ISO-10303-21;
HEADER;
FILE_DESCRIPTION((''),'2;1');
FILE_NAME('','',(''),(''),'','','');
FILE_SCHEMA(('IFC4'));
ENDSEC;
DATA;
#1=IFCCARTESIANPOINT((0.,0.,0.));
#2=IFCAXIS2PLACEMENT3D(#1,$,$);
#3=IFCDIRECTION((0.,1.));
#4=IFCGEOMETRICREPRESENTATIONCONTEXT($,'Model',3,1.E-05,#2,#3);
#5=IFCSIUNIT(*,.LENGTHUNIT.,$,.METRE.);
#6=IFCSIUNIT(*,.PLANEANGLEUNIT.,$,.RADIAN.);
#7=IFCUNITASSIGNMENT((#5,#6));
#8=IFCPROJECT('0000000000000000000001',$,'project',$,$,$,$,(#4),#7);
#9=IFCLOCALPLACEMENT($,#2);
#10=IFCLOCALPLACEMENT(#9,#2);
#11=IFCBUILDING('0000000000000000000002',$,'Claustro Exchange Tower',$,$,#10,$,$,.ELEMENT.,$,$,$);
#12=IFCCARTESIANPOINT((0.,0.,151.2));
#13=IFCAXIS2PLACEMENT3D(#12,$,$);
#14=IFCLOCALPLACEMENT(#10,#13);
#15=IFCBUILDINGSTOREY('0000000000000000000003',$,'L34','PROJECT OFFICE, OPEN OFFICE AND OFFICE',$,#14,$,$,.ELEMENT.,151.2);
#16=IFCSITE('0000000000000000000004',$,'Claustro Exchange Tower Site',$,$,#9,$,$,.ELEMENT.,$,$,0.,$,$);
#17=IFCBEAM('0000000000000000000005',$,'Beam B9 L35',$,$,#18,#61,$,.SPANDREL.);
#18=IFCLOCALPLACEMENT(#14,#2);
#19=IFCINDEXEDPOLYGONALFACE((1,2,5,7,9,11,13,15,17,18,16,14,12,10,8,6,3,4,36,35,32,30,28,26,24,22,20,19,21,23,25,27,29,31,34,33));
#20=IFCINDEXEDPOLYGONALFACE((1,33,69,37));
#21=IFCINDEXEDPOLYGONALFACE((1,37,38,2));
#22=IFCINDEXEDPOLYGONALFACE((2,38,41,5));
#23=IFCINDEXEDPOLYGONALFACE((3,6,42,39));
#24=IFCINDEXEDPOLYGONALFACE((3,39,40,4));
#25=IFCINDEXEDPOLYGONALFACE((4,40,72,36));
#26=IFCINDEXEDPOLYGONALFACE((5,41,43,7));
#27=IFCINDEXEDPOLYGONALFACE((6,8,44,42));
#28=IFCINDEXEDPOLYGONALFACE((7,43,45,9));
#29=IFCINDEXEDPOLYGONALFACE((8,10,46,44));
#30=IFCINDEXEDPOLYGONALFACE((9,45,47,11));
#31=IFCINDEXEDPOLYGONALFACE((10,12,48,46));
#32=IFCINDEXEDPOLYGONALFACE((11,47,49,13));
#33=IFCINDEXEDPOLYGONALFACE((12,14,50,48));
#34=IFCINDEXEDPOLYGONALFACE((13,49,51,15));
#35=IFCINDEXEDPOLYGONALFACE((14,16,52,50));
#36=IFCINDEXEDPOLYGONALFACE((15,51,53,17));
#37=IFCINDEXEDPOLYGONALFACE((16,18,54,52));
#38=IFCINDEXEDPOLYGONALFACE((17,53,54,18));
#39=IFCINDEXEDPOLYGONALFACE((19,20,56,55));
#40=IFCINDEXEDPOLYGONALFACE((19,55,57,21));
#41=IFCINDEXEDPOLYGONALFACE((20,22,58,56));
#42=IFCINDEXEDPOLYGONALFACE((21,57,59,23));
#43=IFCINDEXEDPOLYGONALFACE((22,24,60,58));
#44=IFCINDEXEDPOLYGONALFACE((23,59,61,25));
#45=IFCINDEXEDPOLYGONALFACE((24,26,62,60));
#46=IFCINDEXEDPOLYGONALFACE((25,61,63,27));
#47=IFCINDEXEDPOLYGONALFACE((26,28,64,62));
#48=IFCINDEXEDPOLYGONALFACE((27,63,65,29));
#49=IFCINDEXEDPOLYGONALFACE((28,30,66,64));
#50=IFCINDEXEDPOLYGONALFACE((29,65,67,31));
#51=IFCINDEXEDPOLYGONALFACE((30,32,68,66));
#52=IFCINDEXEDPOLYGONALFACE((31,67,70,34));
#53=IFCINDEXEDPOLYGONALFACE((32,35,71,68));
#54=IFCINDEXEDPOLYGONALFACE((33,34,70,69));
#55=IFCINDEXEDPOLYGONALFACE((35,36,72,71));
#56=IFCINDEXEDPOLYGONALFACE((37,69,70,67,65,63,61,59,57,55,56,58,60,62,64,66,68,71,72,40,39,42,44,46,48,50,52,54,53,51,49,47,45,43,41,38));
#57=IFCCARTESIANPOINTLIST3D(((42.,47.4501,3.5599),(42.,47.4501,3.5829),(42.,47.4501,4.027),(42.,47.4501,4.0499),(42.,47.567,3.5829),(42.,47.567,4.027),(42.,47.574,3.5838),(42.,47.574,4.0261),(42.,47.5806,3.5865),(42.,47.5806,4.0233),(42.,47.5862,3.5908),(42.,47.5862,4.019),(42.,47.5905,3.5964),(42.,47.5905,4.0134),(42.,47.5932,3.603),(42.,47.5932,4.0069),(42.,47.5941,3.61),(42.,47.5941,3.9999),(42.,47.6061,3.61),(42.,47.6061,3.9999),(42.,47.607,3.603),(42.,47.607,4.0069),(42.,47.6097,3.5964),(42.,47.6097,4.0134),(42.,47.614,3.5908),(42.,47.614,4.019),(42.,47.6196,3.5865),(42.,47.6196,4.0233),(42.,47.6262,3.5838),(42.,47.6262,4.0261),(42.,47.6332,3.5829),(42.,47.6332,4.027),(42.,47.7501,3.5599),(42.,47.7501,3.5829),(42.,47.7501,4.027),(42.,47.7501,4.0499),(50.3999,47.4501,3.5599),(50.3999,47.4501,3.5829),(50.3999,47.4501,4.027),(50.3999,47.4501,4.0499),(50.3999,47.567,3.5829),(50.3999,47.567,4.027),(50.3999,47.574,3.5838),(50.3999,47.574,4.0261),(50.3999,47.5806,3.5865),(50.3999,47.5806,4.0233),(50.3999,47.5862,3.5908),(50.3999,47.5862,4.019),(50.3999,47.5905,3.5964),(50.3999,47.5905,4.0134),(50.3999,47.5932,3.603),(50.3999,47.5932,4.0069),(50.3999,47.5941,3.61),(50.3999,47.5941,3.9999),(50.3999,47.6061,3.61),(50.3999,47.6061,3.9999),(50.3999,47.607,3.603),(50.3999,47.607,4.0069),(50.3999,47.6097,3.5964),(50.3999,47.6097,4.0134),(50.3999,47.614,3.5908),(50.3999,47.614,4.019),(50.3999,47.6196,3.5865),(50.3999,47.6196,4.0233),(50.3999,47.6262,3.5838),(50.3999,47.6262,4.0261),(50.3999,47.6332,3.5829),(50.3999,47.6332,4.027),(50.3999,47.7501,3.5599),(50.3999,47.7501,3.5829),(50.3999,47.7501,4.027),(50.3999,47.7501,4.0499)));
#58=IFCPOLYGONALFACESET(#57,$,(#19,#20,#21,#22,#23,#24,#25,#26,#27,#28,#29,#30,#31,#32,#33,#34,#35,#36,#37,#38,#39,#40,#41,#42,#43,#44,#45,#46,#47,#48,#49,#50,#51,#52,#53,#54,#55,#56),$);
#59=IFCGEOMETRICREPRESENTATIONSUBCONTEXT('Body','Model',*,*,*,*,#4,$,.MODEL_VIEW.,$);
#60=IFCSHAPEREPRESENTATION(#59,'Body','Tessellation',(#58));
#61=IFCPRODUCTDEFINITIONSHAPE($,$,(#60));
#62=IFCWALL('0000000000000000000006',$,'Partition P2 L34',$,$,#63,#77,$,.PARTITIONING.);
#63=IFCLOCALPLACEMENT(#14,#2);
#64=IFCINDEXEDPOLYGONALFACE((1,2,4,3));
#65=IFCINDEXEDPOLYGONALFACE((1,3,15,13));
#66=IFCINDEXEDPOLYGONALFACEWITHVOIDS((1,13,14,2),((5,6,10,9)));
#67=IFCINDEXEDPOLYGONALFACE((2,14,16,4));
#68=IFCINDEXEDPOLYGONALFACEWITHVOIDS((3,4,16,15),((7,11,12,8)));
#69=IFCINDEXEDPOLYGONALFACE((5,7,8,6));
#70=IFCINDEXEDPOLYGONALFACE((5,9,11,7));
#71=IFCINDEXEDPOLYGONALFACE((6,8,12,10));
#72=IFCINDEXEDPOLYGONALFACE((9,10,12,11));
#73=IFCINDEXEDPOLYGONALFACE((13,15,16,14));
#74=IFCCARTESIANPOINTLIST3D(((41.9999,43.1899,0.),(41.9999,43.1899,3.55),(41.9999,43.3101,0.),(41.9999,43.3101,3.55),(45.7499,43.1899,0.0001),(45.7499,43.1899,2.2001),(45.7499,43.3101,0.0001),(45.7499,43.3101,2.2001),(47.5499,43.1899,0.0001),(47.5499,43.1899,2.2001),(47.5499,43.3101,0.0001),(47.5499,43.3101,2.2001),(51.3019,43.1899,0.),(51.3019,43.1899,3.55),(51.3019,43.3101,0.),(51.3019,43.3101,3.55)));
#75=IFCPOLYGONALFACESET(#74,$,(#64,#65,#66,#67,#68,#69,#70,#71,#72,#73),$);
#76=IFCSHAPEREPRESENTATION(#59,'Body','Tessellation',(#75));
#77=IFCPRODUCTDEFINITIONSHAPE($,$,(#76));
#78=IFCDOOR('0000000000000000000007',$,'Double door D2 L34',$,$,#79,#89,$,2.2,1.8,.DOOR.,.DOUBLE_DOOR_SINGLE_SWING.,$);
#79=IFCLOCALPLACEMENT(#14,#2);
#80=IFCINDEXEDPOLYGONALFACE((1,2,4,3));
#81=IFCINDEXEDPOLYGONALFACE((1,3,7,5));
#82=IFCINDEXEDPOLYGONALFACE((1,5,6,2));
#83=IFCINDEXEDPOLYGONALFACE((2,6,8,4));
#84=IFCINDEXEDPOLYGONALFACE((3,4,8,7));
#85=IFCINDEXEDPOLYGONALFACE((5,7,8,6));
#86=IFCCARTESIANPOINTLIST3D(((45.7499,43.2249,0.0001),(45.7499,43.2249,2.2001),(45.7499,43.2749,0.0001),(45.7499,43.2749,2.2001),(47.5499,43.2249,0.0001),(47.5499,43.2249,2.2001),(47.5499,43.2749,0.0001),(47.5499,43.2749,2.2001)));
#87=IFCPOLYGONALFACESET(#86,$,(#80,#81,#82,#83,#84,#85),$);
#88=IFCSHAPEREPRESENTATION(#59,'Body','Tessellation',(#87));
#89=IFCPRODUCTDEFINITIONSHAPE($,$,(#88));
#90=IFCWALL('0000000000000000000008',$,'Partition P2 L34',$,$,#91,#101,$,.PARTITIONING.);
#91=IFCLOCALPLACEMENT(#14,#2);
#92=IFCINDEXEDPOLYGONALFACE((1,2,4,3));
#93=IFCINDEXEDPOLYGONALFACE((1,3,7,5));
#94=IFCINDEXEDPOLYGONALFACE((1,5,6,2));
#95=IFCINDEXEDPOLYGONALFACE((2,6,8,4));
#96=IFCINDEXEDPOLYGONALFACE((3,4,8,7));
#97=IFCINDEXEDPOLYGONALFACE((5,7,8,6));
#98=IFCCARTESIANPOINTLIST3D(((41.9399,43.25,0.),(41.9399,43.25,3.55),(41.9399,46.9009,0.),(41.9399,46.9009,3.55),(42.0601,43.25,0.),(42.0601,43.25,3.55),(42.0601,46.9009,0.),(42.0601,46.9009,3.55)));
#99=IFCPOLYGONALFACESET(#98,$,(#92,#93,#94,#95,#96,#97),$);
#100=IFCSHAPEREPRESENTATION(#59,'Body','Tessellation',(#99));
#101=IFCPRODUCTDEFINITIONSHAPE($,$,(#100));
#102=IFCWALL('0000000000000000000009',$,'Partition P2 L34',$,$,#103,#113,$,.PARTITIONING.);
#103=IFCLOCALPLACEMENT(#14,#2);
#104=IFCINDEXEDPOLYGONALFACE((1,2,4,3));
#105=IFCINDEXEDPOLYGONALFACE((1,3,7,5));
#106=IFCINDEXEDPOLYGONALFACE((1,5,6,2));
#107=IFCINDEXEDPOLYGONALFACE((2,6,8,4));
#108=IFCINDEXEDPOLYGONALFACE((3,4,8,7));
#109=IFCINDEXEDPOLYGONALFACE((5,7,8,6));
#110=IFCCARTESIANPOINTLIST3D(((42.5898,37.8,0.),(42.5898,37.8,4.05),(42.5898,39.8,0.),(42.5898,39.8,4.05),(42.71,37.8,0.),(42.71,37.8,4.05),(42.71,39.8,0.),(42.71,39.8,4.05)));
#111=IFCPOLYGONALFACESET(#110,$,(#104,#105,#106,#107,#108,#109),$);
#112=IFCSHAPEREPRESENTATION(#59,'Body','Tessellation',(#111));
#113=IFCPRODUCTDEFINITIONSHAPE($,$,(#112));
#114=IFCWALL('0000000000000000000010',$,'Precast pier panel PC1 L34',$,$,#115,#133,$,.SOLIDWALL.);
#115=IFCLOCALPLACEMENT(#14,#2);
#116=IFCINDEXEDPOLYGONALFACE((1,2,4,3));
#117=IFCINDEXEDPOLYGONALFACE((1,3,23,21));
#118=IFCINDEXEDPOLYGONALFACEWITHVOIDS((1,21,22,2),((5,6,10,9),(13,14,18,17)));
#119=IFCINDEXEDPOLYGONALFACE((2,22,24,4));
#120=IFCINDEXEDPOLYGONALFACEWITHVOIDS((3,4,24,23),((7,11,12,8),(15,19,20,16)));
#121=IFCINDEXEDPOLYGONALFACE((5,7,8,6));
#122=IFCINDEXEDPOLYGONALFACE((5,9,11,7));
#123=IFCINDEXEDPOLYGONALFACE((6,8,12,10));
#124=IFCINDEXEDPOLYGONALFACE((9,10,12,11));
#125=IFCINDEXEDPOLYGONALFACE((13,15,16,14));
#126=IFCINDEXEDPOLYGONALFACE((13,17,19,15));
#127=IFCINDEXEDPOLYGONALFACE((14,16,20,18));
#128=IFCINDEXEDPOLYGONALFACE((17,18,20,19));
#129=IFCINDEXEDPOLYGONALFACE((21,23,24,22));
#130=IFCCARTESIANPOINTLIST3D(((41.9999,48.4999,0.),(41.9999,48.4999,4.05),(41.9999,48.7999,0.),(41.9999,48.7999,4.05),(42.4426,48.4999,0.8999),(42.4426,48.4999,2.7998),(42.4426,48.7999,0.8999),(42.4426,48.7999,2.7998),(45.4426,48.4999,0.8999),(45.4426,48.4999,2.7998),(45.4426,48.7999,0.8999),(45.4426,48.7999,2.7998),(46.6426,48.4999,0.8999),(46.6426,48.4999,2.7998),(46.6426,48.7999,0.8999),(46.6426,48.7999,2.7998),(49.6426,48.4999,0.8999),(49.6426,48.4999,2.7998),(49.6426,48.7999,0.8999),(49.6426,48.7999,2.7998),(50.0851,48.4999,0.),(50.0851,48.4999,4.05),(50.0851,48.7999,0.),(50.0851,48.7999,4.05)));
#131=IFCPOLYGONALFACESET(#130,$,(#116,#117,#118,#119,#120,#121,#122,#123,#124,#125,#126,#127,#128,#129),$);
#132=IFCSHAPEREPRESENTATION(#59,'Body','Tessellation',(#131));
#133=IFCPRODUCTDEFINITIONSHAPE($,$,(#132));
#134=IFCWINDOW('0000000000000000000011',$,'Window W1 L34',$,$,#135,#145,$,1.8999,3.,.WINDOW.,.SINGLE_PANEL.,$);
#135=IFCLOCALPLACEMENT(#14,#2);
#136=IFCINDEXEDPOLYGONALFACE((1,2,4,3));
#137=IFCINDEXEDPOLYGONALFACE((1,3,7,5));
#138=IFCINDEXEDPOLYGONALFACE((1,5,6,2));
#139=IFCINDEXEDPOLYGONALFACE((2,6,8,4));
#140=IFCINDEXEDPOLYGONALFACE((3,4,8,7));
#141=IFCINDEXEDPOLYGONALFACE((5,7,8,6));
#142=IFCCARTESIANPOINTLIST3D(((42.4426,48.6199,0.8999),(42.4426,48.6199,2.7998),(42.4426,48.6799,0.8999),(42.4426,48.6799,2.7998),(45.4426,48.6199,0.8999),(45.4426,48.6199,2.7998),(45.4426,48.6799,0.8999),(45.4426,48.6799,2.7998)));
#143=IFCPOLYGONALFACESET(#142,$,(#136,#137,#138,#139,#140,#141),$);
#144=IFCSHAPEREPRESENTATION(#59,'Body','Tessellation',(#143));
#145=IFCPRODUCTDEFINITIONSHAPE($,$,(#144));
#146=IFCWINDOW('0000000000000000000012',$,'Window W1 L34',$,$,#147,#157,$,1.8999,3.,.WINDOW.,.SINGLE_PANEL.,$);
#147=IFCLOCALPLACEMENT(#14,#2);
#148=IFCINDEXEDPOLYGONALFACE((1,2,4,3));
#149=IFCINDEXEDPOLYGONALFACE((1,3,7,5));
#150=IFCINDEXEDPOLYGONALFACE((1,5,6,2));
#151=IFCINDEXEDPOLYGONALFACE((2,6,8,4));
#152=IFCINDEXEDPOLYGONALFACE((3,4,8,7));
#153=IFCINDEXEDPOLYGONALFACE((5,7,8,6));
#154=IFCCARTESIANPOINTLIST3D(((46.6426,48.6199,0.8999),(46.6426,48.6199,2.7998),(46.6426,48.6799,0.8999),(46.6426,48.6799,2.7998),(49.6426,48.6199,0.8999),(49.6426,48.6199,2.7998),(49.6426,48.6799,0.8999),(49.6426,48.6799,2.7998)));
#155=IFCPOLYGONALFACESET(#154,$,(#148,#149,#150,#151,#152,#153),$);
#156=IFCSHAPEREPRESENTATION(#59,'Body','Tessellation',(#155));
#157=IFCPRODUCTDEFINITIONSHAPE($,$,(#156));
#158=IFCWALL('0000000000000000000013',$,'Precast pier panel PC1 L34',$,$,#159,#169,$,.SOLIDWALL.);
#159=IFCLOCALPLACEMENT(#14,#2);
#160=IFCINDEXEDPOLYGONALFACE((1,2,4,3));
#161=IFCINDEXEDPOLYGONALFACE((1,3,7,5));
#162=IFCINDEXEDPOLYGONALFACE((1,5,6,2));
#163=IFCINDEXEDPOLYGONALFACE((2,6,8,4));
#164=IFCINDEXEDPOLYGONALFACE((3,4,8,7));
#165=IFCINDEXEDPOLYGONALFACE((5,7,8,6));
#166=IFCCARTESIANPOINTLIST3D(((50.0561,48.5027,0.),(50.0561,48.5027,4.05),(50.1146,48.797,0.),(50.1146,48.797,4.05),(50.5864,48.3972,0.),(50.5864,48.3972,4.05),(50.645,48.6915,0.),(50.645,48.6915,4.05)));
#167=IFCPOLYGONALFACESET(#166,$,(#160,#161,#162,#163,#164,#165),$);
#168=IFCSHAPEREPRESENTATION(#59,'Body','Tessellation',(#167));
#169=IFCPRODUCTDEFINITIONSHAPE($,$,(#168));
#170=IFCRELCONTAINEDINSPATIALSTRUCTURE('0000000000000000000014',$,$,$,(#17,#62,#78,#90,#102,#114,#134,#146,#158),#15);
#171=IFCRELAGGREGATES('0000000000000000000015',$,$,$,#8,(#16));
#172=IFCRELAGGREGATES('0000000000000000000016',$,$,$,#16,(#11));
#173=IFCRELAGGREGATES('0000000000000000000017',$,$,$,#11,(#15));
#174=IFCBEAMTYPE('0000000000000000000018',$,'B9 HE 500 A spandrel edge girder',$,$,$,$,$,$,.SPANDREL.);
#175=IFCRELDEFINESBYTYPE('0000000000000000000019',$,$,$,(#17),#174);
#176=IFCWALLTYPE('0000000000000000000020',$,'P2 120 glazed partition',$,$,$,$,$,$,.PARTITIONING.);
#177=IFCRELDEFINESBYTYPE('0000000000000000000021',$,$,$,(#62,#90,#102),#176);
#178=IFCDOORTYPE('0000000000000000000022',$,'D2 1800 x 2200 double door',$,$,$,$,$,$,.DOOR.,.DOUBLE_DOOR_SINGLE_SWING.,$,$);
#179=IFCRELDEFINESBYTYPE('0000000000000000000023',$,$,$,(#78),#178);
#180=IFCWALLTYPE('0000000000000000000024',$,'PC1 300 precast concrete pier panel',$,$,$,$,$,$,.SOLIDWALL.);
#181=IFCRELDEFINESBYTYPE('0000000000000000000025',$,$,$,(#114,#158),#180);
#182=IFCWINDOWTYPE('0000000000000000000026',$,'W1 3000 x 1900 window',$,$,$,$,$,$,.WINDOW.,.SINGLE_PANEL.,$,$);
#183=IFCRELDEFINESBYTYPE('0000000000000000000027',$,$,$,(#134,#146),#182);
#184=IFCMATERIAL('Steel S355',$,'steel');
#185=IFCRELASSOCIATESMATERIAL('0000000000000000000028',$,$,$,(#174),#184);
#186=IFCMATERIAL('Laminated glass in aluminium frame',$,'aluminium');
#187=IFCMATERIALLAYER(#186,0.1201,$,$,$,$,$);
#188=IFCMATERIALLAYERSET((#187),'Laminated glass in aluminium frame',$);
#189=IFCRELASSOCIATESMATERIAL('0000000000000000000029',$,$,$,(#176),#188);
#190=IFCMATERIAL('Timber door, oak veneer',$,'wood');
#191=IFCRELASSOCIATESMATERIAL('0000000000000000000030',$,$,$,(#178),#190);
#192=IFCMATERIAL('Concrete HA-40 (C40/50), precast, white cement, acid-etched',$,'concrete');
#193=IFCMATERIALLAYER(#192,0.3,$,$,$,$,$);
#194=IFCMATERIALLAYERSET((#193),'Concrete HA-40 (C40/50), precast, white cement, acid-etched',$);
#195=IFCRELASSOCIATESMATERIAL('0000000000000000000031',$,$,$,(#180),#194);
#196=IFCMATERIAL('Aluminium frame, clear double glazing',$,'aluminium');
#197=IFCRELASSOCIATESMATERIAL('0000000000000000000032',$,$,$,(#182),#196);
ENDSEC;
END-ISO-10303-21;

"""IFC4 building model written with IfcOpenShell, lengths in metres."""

from ifc_helpers import new_model, si_unit, direction, frame, frame_2d, origin, origin_2d, place, context, subcontext, project, spatial, rectangle, i_section, extrude, material, layer, layer_set, material_profile, profile_set, type_object, element, fill, save


model = new_model("IFC4")

# Units and contexts
model_context = context("Model", 3, precision=1e-05, world=origin(), true_north=direction((0.0, 1.0)))
body_context = subcontext(model_context, "Body", "Model", "MODEL_VIEW")
ifc_project = project(units=[si_unit("LENGTHUNIT", "METRE"), si_unit("PLANEANGLEUNIT", "RADIAN")], contexts=[model_context])

# Site, building, storey
site_placement = place(None, origin())
site = spatial("IfcSite", under=ifc_project, at=site_placement, Name="Claustro Exchange Tower Site", CompositionType="ELEMENT", RefElevation=0.0)
building_placement = place(site_placement, origin())
building = spatial("IfcBuilding", under=site, at=building_placement, Name="Claustro Exchange Tower", CompositionType="ELEMENT")
storey_placement = place(building_placement, frame((0.0, 0.0, 151.2)))
storey = spatial("IfcBuildingStorey", under=building, at=storey_placement, Name="L34", Description="PROJECT OFFICE, OPEN OFFICE AND OFFICE", CompositionType="ELEMENT", Elevation=151.2)

# Beam
ifc_material_1 = material(Name="Steel S355", Category="steel")
ifc_material_profile_1 = material_profile(ifc_material_1, i_section(OverallWidth=0.3, OverallDepth=0.49, WebThickness=0.012, FlangeThickness=0.0229, FilletRadius=0.0271, at=origin_2d()), Name="HE 500 A")
ifc_profile_set_1 = profile_set([ifc_material_profile_1], Name="Steel S355")
beam_type_1 = type_object("IfcBeamType", Name="B9 HE 500 A spandrel edge girder", PredefinedType="SPANDREL", material=ifc_profile_set_1)
beam_1_placement = place(storey_placement, frame((42.0, 47.6001, 3.8049), z_axis=(1.0, 0.0, 0.0), x_axis=(0.0, 1.0, 0.0)))
element("IfcBeam", 1, at=beam_1_placement, inside=storey, type_object=beam_type_1, Name="Beam B9 L35", PredefinedType="SPANDREL", context=body_context, shape_type="SweptSolid", body=[
    extrude(i_section(OverallWidth=0.3, OverallDepth=0.49, WebThickness=0.012, FlangeThickness=0.0229, FilletRadius=0.0271, at=origin_2d()), origin(), (0.0, 0.0, 1.0), 8.3999),
])

# Wall, opening, door
ifc_material_2 = material(Name="Laminated glass in aluminium frame", Category="aluminium")
ifc_layer_1 = layer(ifc_material_2, 0.1201)
ifc_layer_set_1 = layer_set([ifc_layer_1], Name="Laminated glass in aluminium frame")
wall_type_1 = type_object("IfcWallType", Name="P2 120 glazed partition", PredefinedType="PARTITIONING", material=ifc_layer_set_1)
wall_1_placement = place(storey_placement, frame((42.0, 43.25, 0.0), z_axis=(0.0, 0.0, 1.0), x_axis=(1.0, 0.0, 0.0)))
wall_1 = element("IfcWall", 2, at=wall_1_placement, inside=storey, type_object=wall_type_1, Name="Partition P2 L34", PredefinedType="PARTITIONING", context=body_context, shape_type="SweptSolid", body=[
    extrude(rectangle(XDim=9.302, YDim=0.1201, at=frame_2d((4.6509, 0.0))), origin(), (0.0, 0.0, 1.0), 3.55),
])
opening_1_placement = place(wall_1_placement, frame((3.75, 0.0, 0.0)))
opening_1 = element("IfcOpeningElement", 3, at=opening_1_placement, cuts=wall_1, PredefinedType="OPENING", context=body_context, shape_type="SweptSolid", body=[
    extrude(rectangle(XDim=1.8, YDim=2.2, at=frame_2d((0.8999, 1.1001))), frame((0.0, 0.0701, 0.0), z_axis=(0.0, -1.0, 0.0), x_axis=(1.0, 0.0, 0.0)), (0.0, 0.0, 1.0), 0.1401),
])
ifc_material_3 = material(Name="Timber door, oak veneer", Category="wood")
door_type = type_object("IfcDoorType", Name="D2 1800 x 2200 double door", OperationType="DOUBLE_DOOR_SINGLE_SWING", PredefinedType="DOOR", material=ifc_material_3)
door_placement = place(opening_1_placement, origin())
door = element("IfcDoor", 4, at=door_placement, inside=storey, type_object=door_type, Name="Double door D2 L34", OperationType="DOUBLE_DOOR_SINGLE_SWING", OverallHeight=2.2, OverallWidth=1.8, PredefinedType="DOOR", context=body_context, shape_type="SweptSolid", body=[
    extrude(rectangle(XDim=1.8, YDim=2.2, at=frame_2d((0.8999, 1.1001))), frame((0.0, 0.0249, 0.0), z_axis=(0.0, -1.0, 0.0), x_axis=(1.0, 0.0, 0.0)), (0.0, 0.0, 1.0), 0.05),
])
fill(opening_1, door)

# Walls
wall_2_placement = place(storey_placement, frame((42.0, 43.25, 0.0), z_axis=(0.0, 0.0, 1.0), x_axis=(0.0, 1.0, 0.0)))
element("IfcWall", 5, at=wall_2_placement, inside=storey, type_object=wall_type_1, Name="Partition P2 L34", PredefinedType="PARTITIONING", context=body_context, shape_type="SweptSolid", body=[
    extrude(rectangle(XDim=3.6509, YDim=0.1201, at=frame_2d((1.8254, 0.0))), origin(), (0.0, 0.0, 1.0), 3.55),
])
wall_3_placement = place(storey_placement, frame((42.6499, 37.8, 0.0), z_axis=(0.0, 0.0, 1.0), x_axis=(0.0, 1.0, 0.0)))
element("IfcWall", 6, at=wall_3_placement, inside=storey, type_object=wall_type_1, Name="Partition P2 L34", PredefinedType="PARTITIONING", context=body_context, shape_type="SweptSolid", body=[
    extrude(rectangle(XDim=2.0, YDim=0.1201, at=frame_2d((1.0, 0.0))), origin(), (0.0, 0.0, 1.0), 4.05),
])

# Wall, openings, windows
ifc_material_4 = material(Name="Concrete HA-40 (C40/50), precast, white cement, acid-etched", Category="concrete")
ifc_layer_2 = layer(ifc_material_4, 0.3)
ifc_layer_set_2 = layer_set([ifc_layer_2], Name="Concrete HA-40 (C40/50), precast, white cement, acid-etched")
wall_type_2 = type_object("IfcWallType", Name="PC1 300 precast concrete pier panel", PredefinedType="SOLIDWALL", material=ifc_layer_set_2)
wall_4_placement = place(storey_placement, frame((42.0, 48.6499, 0.0), z_axis=(0.0, 0.0, 1.0), x_axis=(1.0, 0.0, 0.0)))
wall_4 = element("IfcWall", 7, at=wall_4_placement, inside=storey, type_object=wall_type_2, Name="Precast pier panel PC1 L34", PredefinedType="SOLIDWALL", context=body_context, shape_type="SweptSolid", body=[
    extrude(rectangle(XDim=8.0852, YDim=0.3, at=frame_2d((4.0425, 0.0))), origin(), (0.0, 0.0, 1.0), 4.05),
])
opening_2_placement = place(wall_4_placement, frame((0.4426, 0.0, 0.8999)))
opening_2 = element("IfcOpeningElement", 8, at=opening_2_placement, cuts=wall_4, PredefinedType="OPENING", context=body_context, shape_type="SweptSolid", body=[
    extrude(rectangle(XDim=3.0, YDim=1.8999, at=frame_2d((1.5, 0.95))), frame((0.0, 0.1599, 0.0), z_axis=(0.0, -1.0, 0.0), x_axis=(1.0, 0.0, 0.0)), (0.0, 0.0, 1.0), 0.3201),
])
opening_3_placement = place(wall_4_placement, frame((4.6426, 0.0, 0.8999)))
opening_3 = element("IfcOpeningElement", 9, at=opening_3_placement, cuts=wall_4, PredefinedType="OPENING", context=body_context, shape_type="SweptSolid", body=[
    extrude(rectangle(XDim=3.0, YDim=1.8999, at=frame_2d((1.5, 0.95))), frame((0.0, 0.1599, 0.0), z_axis=(0.0, -1.0, 0.0), x_axis=(1.0, 0.0, 0.0)), (0.0, 0.0, 1.0), 0.3201),
])
ifc_material_5 = material(Name="Aluminium frame, clear double glazing", Category="aluminium")
window_type_1 = type_object("IfcWindowType", Name="W1 3000 x 1900 window", PartitioningType="SINGLE_PANEL", PredefinedType="WINDOW", material=ifc_material_5)
window_1_placement = place(opening_2_placement, origin())
window_1 = element("IfcWindow", 10, at=window_1_placement, inside=storey, type_object=window_type_1, Name="Window W1 L34", OverallHeight=1.8999, OverallWidth=3.0, PartitioningType="SINGLE_PANEL", PredefinedType="WINDOW", context=body_context, shape_type="SweptSolid", body=[
    extrude(rectangle(XDim=3.0, YDim=1.8999, at=frame_2d((1.5, 0.95))), frame((0.0, 0.03, 0.0), z_axis=(0.0, -1.0, 0.0), x_axis=(1.0, 0.0, 0.0)), (0.0, 0.0, 1.0), 0.0601),
])
fill(opening_2, window_1)
window_2_placement = place(opening_3_placement, origin())
window_2 = element("IfcWindow", 11, at=window_2_placement, inside=storey, type_object=window_type_1, Name="Window W1 L34", OverallHeight=1.8999, OverallWidth=3.0, PartitioningType="SINGLE_PANEL", PredefinedType="WINDOW", context=body_context, shape_type="SweptSolid", body=[
    extrude(rectangle(XDim=3.0, YDim=1.8999, at=frame_2d((1.5, 0.95))), frame((0.0, 0.03, 0.0), z_axis=(0.0, -1.0, 0.0), x_axis=(1.0, 0.0, 0.0)), (0.0, 0.0, 1.0), 0.0601),
])
fill(opening_3, window_2)

# Wall
wall_5_placement = place(storey_placement, frame((50.0852, 48.6499, 0.0), z_axis=(0.0, 0.0, 1.0), x_axis=(0.980789, -0.195074, 0.0)))
element("IfcWall", 12, at=wall_5_placement, inside=storey, type_object=wall_type_2, Name="Precast pier panel PC1 L34", PredefinedType="SOLIDWALL", context=body_context, shape_type="SweptSolid", body=[
    extrude(rectangle(XDim=0.5408, YDim=0.3, at=frame_2d((0.2705, 0.0))), origin(), (0.0, 0.0, 1.0), 4.05),
])

save(model, "model.ifc")
